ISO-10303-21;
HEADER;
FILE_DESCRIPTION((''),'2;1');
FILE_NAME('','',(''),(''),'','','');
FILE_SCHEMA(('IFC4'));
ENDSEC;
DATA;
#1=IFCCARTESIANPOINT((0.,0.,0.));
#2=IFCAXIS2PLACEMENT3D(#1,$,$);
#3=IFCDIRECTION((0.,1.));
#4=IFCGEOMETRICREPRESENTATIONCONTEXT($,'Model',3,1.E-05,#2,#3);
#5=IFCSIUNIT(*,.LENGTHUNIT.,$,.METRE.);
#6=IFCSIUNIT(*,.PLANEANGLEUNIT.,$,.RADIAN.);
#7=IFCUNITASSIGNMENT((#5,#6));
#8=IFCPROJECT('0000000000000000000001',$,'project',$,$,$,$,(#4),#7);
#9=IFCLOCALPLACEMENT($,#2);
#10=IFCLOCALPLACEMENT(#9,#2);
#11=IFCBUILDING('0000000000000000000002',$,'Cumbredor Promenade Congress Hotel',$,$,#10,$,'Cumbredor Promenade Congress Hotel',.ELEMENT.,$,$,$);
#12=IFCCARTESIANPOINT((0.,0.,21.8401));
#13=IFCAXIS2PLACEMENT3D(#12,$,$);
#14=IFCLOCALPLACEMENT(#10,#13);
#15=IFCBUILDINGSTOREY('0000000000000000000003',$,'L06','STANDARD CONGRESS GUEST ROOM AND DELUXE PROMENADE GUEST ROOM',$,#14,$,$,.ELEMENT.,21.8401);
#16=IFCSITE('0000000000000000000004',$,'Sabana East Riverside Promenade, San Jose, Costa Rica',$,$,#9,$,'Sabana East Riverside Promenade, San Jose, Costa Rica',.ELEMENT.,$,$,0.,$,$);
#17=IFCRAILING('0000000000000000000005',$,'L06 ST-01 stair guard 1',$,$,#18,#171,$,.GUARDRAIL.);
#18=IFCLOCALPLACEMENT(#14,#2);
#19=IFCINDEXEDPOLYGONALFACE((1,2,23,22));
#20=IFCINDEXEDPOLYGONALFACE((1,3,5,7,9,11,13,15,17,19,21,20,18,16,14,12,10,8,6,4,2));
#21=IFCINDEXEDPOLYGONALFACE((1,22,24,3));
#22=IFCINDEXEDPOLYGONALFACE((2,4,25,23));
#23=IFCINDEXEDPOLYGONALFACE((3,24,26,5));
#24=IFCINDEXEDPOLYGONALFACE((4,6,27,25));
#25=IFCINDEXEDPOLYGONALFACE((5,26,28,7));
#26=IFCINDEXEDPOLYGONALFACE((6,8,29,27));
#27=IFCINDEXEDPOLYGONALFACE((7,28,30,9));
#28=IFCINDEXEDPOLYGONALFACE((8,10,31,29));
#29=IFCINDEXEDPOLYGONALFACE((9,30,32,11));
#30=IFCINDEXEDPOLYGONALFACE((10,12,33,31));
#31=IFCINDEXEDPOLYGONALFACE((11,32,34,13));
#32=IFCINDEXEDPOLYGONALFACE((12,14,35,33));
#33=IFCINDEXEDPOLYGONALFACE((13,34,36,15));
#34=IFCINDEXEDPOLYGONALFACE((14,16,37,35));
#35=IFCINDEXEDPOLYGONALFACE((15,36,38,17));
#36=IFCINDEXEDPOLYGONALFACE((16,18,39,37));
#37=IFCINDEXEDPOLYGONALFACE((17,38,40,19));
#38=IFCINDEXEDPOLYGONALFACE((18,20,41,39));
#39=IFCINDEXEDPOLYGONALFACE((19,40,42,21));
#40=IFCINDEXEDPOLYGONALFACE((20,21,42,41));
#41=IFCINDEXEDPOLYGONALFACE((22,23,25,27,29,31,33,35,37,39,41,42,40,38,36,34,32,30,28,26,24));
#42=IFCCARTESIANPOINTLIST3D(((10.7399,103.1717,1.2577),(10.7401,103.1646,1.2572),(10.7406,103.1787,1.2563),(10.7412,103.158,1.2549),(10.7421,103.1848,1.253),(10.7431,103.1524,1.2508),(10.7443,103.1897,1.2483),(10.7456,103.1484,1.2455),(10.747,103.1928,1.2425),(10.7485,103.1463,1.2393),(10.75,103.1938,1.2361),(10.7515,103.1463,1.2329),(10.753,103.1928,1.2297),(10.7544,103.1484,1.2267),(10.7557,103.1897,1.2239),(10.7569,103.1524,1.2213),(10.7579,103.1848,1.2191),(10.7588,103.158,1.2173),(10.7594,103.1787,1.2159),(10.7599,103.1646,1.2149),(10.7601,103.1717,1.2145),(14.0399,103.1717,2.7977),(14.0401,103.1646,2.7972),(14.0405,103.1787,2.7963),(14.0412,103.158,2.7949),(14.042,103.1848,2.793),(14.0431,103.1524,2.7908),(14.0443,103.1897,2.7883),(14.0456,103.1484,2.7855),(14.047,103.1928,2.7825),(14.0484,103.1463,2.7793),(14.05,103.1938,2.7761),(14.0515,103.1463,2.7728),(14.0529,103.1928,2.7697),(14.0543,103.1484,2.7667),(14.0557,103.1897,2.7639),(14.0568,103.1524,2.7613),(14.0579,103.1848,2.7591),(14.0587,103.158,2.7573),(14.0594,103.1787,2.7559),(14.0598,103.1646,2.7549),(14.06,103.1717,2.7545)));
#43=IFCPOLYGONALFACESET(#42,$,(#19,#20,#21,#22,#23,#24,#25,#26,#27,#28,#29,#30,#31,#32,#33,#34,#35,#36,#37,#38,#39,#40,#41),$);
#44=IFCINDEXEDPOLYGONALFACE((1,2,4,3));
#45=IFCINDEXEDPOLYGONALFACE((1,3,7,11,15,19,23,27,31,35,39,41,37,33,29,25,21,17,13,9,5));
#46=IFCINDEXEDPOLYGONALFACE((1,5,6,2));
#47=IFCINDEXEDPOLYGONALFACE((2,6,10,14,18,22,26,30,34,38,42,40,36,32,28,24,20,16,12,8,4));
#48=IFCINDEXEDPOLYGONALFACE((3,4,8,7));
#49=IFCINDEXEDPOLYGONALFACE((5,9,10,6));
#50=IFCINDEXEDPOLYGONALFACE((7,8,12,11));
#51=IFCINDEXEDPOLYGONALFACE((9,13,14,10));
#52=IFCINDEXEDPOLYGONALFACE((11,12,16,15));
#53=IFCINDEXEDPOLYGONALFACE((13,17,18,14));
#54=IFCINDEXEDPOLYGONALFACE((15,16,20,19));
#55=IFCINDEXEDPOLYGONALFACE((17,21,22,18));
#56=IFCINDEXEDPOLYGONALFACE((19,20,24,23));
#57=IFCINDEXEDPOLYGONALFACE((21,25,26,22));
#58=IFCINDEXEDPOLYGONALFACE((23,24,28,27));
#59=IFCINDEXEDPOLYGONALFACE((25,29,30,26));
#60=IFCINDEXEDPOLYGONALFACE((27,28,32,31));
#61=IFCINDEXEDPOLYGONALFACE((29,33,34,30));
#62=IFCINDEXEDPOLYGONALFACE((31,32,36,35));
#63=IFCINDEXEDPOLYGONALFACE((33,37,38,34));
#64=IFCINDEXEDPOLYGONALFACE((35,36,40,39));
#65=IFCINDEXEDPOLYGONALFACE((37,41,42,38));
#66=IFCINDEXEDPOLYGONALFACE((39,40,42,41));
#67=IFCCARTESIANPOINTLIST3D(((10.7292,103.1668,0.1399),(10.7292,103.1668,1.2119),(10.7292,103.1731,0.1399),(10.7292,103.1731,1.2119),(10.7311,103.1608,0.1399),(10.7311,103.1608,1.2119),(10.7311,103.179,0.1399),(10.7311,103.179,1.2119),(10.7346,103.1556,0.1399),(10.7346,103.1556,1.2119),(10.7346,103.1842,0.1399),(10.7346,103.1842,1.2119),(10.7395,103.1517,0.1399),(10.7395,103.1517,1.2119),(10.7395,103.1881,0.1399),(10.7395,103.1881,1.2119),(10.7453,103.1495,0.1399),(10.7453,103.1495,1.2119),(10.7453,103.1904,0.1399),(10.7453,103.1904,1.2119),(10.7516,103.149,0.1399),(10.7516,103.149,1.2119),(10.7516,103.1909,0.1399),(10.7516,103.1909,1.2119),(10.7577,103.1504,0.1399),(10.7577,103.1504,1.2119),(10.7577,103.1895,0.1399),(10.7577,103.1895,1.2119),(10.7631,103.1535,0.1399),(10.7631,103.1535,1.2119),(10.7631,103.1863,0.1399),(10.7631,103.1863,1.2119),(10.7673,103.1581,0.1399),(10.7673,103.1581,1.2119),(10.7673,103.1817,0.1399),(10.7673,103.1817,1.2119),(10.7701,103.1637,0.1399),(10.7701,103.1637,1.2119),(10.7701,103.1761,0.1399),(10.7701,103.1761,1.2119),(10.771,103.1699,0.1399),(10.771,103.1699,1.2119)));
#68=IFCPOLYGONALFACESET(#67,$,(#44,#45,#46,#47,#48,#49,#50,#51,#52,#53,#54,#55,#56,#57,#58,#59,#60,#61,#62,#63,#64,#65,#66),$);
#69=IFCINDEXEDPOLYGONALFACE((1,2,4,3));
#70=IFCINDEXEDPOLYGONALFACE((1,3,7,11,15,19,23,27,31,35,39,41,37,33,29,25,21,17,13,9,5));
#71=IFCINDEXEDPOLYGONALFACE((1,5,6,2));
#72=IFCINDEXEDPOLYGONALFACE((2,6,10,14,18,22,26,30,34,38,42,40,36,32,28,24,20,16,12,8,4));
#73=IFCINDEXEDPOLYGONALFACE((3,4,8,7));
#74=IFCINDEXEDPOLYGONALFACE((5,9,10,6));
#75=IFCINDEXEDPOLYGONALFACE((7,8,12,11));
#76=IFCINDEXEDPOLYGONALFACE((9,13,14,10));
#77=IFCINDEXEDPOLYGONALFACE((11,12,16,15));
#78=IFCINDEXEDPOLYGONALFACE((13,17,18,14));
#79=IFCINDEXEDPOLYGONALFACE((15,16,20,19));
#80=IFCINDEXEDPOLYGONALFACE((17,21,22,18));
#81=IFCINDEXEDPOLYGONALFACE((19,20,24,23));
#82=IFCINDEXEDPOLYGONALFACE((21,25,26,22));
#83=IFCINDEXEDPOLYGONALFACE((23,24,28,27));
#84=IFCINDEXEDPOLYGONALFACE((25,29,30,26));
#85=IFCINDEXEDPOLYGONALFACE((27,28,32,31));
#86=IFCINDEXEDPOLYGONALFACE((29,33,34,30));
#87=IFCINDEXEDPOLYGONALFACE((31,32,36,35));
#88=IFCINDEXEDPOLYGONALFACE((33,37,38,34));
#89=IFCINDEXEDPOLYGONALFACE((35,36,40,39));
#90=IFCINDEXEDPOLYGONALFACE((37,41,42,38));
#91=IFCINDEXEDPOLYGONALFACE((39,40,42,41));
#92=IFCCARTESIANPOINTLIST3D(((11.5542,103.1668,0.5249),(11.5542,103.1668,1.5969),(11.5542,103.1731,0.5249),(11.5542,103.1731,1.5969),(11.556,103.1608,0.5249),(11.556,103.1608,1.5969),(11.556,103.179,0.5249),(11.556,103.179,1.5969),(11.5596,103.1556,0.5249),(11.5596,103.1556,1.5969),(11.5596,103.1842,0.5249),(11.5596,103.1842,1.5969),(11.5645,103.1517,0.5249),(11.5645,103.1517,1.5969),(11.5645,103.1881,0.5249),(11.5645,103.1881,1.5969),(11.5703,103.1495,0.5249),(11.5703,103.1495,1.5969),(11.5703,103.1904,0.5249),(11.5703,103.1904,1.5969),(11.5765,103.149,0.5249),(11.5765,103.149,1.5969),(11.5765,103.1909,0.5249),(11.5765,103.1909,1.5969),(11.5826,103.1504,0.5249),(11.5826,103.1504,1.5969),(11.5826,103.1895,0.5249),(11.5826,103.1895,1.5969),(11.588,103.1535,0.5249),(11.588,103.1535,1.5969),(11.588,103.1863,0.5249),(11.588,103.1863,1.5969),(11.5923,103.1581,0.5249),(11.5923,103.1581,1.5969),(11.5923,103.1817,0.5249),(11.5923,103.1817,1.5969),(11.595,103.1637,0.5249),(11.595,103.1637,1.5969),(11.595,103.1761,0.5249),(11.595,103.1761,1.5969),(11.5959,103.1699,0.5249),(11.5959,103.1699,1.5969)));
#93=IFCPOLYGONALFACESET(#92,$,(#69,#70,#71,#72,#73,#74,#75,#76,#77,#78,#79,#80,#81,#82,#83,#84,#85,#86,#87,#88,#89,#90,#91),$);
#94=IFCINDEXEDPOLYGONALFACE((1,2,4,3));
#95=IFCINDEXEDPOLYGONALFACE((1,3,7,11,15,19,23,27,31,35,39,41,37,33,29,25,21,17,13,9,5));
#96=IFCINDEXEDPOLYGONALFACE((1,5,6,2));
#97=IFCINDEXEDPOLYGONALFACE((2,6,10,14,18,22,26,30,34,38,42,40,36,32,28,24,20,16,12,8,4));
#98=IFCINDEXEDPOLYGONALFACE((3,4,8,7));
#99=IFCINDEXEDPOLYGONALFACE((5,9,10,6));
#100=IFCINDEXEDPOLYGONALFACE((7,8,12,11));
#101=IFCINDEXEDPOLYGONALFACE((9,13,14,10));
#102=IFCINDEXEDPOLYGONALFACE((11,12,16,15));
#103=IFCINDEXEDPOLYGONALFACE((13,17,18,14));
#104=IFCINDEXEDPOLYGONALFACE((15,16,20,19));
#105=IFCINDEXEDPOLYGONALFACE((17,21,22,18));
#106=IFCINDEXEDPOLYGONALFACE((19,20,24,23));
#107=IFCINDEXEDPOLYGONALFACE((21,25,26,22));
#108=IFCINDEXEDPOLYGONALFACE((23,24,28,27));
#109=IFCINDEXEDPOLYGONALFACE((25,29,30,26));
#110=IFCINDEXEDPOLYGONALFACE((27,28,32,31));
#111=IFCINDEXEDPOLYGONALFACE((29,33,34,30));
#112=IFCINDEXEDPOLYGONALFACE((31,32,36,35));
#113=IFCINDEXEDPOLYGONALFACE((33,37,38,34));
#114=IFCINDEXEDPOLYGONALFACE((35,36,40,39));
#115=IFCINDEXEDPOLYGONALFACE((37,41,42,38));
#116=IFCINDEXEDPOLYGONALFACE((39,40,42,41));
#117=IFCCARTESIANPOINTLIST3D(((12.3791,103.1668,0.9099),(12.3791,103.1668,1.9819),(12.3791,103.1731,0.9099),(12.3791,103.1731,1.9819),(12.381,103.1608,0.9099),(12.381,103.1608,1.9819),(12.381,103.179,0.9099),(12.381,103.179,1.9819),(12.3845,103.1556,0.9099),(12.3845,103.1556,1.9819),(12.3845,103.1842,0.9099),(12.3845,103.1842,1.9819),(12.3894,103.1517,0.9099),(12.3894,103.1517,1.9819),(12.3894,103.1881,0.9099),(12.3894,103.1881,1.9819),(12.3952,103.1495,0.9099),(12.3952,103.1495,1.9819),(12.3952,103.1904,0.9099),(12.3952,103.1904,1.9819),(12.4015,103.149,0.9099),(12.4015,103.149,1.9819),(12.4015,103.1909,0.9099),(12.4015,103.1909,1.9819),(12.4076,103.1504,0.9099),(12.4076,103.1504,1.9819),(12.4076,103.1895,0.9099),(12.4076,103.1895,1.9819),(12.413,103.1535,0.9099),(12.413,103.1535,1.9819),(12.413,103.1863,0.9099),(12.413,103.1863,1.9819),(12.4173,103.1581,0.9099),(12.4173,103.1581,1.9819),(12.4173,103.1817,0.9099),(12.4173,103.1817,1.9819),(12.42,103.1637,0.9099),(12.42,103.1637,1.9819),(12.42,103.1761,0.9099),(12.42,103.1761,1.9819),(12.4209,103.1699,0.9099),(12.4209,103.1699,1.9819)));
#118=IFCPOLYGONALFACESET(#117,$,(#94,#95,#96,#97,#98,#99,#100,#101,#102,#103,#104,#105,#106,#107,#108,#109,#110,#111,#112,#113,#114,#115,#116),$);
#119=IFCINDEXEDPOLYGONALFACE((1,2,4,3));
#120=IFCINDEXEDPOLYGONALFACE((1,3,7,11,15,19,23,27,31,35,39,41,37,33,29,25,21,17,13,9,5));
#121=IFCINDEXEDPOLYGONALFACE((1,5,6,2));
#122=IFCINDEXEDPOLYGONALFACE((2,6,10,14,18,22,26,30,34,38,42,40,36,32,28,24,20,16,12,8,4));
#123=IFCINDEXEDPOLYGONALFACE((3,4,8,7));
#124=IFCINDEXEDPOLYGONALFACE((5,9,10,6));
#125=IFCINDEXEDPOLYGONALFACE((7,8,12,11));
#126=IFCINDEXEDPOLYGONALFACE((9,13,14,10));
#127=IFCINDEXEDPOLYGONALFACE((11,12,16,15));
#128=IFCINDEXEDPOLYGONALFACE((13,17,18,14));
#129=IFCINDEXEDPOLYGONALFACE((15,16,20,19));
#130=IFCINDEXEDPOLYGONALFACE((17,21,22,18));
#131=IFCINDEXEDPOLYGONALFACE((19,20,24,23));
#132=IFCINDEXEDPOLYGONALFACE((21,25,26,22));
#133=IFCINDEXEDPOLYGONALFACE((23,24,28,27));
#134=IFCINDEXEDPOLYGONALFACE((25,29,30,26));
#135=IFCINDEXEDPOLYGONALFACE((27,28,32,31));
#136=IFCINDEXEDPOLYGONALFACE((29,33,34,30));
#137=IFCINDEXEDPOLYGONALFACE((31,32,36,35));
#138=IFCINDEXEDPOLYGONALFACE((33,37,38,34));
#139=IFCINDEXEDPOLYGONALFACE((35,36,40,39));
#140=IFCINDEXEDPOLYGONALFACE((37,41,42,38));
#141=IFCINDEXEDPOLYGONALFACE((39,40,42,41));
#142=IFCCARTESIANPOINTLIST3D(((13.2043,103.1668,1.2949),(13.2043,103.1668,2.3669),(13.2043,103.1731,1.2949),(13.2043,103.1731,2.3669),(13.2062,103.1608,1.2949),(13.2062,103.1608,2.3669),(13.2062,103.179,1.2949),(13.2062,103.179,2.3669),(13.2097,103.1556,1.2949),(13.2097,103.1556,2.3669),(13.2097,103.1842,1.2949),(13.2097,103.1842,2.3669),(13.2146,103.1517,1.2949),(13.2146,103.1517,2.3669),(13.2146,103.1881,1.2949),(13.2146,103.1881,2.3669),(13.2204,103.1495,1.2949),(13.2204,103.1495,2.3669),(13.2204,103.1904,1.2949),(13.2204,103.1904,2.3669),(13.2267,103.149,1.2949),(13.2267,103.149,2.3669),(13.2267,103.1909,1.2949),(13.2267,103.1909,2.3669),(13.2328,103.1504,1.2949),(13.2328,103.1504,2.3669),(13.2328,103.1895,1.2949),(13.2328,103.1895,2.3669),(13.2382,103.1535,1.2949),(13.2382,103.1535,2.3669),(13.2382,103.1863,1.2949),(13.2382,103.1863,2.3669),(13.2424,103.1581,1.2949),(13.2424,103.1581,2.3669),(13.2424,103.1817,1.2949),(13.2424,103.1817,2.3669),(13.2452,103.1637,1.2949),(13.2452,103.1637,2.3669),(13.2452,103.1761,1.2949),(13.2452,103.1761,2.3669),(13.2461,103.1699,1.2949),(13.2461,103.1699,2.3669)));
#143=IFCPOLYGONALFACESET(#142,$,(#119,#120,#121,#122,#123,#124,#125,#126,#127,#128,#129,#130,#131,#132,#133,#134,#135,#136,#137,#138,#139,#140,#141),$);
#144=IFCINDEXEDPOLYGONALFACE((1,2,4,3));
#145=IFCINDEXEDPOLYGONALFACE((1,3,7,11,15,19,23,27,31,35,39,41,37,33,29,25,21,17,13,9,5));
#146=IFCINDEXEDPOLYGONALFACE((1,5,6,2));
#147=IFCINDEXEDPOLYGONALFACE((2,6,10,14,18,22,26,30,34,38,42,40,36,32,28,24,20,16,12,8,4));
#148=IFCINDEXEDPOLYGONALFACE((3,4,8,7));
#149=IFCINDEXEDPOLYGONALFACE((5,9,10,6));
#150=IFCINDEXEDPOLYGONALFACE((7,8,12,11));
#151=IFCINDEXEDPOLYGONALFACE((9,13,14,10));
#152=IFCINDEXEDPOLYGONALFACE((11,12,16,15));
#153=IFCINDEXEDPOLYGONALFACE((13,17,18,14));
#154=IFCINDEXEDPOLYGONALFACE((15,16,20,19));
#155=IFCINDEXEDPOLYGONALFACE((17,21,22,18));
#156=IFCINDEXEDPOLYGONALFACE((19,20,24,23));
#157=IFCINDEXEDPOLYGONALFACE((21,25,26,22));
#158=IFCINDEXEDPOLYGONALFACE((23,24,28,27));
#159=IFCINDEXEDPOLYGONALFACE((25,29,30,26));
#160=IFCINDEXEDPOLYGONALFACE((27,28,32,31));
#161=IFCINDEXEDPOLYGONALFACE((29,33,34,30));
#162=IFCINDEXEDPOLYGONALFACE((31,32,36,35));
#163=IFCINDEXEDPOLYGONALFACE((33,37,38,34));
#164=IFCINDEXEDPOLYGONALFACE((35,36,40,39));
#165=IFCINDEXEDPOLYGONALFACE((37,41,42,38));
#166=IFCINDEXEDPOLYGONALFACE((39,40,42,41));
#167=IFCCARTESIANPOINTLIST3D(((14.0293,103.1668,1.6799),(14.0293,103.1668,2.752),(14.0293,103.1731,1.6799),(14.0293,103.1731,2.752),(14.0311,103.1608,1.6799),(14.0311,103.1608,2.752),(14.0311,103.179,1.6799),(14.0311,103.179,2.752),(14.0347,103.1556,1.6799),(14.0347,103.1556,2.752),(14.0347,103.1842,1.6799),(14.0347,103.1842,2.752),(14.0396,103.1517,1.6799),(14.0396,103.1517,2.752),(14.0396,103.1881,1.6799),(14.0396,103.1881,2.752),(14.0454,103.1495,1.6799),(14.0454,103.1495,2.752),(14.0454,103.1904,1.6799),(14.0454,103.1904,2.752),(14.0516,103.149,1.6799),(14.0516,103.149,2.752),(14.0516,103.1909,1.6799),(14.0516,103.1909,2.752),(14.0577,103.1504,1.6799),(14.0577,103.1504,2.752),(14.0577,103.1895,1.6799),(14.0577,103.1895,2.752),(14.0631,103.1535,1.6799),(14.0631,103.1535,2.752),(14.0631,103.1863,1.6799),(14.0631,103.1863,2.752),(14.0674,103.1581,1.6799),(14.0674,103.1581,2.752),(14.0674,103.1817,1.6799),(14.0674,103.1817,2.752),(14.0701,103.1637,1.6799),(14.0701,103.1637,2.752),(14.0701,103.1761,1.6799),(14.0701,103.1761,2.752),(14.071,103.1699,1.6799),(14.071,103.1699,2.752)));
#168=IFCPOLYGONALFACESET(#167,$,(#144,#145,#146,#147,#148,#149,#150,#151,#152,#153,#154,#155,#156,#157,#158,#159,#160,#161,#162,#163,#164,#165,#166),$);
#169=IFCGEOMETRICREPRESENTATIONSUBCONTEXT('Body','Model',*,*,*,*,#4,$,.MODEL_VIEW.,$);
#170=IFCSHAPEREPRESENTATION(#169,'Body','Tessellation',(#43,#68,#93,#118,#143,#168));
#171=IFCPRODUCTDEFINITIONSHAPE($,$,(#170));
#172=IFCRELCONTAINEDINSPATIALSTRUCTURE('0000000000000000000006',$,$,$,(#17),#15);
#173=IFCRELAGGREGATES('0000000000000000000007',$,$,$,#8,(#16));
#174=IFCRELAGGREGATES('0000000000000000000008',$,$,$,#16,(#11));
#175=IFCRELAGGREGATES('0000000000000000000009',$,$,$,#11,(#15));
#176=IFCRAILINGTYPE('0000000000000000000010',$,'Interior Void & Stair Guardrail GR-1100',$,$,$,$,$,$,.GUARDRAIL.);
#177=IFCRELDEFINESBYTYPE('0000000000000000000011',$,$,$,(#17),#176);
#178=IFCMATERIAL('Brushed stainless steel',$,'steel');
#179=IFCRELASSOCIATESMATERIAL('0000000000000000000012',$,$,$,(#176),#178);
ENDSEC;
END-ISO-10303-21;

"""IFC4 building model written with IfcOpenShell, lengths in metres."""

from ifc_helpers import new_model, si_unit, direction, frame, origin, origin_2d, place, context, subcontext, project, spatial, circle, extrude, material, type_object, element, save


model = new_model("IFC4")

# Units and contexts
model_context = context("Model", 3, precision=1e-05, world=origin(), true_north=direction((0.0, 1.0)))
body_context = subcontext(model_context, "Body", "Model", "MODEL_VIEW")
ifc_project = project(units=[si_unit("LENGTHUNIT", "METRE"), si_unit("PLANEANGLEUNIT", "RADIAN")], contexts=[model_context])

# Site, building, storey
site_placement = place(None, origin())
site = spatial("IfcSite", under=ifc_project, at=site_placement, Name="Sabana East Riverside Promenade, San Jose, Costa Rica", LongName="Sabana East Riverside Promenade, San Jose, Costa Rica", CompositionType="ELEMENT", RefElevation=0.0)
building_placement = place(site_placement, origin())
building = spatial("IfcBuilding", under=site, at=building_placement, Name="Cumbredor Promenade Congress Hotel", LongName="Cumbredor Promenade Congress Hotel", CompositionType="ELEMENT")
storey_placement = place(building_placement, frame((0.0, 0.0, 21.8401)))
storey = spatial("IfcBuildingStorey", under=building, at=storey_placement, Name="L06", Description="STANDARD CONGRESS GUEST ROOM AND DELUXE PROMENADE GUEST ROOM", CompositionType="ELEMENT", Elevation=21.8401)

# Railing
ifc_material_1 = material(Name="Brushed stainless steel", Category="steel")
railing_type_1 = type_object("IfcRailingType", Name="Interior Void & Stair Guardrail GR-1100", PredefinedType="GUARDRAIL", material=ifc_material_1)
railing_1_placement = place(storey_placement, frame((10.75, 103.1699, 0.1399)))
element("IfcRailing", 1, at=railing_1_placement, inside=storey, type_object=railing_type_1, Name="L06 ST-01 stair guard 1", PredefinedType="GUARDRAIL", context=body_context, shape_type="SweptSolid", body=[
    extrude(circle(Radius=0.0239, at=origin_2d()), frame((0.0, 0.0, 1.0962), z_axis=(0.906181, 0.0, 0.422889), x_axis=(0.0, 1.0, 0.0)), (0.0, 0.0, 1.0), 3.6416),
    extrude(circle(Radius=0.021, at=origin_2d()), origin(), (0.0, 0.0, 1.0), 1.072),
    extrude(circle(Radius=0.021, at=origin_2d()), frame((0.825, 0.0, 0.385)), (0.0, 0.0, 1.0), 1.072),
    extrude(circle(Radius=0.021, at=origin_2d()), frame((1.6499, 0.0, 0.77)), (0.0, 0.0, 1.0), 1.072),
    extrude(circle(Radius=0.021, at=origin_2d()), frame((2.4751, 0.0, 1.155)), (0.0, 0.0, 1.0), 1.072),
    extrude(circle(Radius=0.021, at=origin_2d()), frame((3.3, 0.0, 1.54)), (0.0, 0.0, 1.0), 1.072),
])

save(model, "model.ifc")
